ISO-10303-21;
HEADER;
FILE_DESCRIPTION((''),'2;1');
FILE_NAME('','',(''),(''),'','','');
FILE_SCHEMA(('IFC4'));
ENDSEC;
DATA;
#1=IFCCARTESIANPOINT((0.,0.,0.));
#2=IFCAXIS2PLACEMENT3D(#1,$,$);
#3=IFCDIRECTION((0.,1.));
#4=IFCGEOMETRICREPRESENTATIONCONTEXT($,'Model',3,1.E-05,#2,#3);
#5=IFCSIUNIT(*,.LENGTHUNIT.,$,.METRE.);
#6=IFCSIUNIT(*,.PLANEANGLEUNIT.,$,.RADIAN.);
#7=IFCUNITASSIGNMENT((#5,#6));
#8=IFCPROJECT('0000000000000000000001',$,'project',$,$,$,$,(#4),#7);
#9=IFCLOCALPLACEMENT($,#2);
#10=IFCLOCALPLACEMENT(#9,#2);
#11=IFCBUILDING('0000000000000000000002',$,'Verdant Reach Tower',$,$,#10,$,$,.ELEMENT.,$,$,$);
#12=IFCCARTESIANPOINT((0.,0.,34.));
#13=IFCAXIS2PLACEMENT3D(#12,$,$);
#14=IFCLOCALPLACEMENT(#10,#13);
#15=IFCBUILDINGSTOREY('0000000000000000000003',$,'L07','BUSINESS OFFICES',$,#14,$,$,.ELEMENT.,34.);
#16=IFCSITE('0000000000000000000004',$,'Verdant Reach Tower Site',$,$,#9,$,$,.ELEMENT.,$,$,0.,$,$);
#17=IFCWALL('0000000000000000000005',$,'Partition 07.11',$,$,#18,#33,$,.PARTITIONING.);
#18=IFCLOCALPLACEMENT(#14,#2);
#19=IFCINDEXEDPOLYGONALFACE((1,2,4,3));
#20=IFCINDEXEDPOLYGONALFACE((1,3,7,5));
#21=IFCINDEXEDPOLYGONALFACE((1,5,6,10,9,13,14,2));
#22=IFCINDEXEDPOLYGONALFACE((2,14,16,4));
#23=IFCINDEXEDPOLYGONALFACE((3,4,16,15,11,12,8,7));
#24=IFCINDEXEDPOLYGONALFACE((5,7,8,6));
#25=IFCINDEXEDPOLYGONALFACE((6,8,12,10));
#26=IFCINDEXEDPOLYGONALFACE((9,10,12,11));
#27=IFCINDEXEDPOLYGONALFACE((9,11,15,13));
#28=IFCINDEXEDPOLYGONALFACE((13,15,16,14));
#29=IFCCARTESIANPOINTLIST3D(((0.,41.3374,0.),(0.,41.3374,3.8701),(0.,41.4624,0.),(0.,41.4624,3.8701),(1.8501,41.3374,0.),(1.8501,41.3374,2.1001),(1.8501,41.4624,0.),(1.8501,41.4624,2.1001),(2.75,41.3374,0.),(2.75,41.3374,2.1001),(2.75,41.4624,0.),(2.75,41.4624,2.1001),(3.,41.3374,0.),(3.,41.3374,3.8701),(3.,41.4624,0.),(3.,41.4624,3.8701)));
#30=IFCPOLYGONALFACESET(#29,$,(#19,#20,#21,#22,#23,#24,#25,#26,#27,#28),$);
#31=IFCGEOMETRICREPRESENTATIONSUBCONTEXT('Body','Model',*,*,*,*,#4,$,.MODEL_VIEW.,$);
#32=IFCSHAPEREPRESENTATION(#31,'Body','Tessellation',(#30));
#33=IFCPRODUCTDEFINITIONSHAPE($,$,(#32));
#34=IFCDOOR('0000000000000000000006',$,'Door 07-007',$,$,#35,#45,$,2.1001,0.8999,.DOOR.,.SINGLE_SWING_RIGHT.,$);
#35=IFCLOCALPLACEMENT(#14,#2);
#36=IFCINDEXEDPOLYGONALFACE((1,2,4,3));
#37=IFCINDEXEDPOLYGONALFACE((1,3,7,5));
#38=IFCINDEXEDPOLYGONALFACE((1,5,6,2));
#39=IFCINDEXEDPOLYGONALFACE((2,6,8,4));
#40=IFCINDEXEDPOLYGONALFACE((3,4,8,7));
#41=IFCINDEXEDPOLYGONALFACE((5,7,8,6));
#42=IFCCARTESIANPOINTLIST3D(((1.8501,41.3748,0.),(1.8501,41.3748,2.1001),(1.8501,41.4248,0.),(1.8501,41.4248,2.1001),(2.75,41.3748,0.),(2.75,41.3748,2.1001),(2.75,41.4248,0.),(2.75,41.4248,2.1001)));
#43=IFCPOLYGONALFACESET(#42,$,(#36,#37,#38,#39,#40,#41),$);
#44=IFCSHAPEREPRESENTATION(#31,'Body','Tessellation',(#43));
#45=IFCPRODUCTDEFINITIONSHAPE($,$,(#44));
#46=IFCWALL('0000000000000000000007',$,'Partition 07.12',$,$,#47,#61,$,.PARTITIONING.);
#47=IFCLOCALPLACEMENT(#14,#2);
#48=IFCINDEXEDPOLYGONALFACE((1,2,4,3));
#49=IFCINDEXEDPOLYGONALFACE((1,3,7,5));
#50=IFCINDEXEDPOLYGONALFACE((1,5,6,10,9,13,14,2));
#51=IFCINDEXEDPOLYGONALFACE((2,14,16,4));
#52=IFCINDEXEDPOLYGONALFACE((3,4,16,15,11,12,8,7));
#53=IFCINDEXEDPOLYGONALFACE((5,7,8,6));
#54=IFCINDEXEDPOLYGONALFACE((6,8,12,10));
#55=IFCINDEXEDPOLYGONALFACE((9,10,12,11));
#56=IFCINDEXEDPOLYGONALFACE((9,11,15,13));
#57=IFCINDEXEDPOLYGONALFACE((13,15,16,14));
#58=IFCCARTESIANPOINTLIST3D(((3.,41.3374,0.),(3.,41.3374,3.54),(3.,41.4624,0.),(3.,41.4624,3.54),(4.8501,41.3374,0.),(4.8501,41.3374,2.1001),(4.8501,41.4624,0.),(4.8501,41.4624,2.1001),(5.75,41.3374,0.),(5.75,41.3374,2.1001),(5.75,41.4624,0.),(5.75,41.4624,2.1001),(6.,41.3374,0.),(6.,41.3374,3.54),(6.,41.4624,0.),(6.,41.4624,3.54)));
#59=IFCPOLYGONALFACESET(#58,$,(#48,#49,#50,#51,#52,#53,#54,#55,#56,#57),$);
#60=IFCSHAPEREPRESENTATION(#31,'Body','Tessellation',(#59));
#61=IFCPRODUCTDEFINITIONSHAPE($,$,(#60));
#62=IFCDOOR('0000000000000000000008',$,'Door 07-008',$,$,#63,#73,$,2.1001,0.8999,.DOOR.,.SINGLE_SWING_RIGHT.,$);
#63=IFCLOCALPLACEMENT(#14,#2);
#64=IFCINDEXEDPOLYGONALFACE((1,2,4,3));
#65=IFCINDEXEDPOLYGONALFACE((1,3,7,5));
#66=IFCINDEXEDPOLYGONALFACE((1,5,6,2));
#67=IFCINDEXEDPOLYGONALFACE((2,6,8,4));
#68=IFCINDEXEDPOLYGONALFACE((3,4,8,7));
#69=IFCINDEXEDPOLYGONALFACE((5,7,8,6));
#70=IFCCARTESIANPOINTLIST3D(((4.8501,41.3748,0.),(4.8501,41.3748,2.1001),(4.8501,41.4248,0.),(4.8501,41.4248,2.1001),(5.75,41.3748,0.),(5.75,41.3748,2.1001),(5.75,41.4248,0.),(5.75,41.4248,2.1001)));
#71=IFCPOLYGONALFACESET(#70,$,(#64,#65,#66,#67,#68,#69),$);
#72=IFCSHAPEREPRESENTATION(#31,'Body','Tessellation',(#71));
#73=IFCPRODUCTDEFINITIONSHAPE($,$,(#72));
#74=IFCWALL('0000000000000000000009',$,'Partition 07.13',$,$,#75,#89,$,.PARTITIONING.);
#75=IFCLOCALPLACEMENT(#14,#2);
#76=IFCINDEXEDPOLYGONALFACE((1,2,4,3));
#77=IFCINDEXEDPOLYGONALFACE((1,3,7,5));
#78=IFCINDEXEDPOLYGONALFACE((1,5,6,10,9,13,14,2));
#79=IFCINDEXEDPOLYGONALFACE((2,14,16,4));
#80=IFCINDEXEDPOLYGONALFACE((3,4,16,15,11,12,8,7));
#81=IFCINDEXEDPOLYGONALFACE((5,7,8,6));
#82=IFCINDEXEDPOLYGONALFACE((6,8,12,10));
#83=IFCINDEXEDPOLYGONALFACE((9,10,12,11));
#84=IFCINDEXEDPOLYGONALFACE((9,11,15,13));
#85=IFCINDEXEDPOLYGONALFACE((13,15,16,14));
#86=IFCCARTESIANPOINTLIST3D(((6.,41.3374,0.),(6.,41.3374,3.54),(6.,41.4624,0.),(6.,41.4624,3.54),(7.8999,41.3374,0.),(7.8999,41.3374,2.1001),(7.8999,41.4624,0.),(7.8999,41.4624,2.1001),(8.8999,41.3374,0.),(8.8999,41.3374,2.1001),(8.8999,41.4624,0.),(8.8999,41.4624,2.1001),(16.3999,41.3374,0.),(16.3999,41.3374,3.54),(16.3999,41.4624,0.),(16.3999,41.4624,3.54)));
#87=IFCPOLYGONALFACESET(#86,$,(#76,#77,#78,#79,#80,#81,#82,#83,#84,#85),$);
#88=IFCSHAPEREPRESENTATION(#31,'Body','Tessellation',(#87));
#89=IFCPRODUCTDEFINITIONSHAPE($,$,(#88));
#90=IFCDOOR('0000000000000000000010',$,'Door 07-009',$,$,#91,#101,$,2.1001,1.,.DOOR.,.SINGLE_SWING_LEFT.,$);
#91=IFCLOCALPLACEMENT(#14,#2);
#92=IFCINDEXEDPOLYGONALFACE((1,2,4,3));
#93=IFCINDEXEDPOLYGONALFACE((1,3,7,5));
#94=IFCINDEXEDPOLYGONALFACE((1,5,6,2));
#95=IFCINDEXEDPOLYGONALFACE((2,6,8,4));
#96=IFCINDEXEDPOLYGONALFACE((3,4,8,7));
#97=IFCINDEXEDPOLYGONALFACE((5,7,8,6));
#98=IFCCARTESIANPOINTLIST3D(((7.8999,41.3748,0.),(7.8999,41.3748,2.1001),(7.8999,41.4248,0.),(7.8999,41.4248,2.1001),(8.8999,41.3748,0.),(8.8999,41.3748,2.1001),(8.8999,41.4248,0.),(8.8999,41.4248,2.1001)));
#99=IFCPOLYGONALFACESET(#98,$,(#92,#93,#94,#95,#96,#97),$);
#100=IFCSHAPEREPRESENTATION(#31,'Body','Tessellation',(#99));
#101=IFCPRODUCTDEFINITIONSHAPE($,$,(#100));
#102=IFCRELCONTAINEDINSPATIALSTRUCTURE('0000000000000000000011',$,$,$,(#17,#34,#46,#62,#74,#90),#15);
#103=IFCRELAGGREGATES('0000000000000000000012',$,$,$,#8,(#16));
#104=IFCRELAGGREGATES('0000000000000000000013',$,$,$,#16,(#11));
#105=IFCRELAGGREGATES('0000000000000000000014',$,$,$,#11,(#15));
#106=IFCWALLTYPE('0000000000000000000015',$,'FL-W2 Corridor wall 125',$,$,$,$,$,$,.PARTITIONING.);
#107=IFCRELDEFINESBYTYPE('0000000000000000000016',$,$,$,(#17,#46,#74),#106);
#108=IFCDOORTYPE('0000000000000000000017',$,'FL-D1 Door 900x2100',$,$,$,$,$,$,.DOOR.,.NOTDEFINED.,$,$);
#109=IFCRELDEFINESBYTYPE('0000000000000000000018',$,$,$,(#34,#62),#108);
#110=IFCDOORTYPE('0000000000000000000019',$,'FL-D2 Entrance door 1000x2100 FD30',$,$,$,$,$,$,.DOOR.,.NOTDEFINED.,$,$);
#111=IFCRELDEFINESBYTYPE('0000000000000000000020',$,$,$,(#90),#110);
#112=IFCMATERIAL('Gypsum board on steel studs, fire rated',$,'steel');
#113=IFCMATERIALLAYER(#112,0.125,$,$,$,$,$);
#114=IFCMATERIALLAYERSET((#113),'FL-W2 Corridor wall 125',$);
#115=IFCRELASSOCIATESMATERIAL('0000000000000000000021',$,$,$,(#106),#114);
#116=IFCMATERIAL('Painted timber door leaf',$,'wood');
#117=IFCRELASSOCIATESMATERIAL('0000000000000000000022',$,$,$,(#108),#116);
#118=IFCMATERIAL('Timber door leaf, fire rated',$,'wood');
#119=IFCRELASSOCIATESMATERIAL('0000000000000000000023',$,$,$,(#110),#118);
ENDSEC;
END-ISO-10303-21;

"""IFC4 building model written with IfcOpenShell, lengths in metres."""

from ifc_helpers import new_model, si_unit, direction, frame, frame_2d, origin, place, context, subcontext, project, spatial, rectangle, extrude, material, layer, layer_set, type_object, element, fill, save


model = new_model("IFC4")

# Units and contexts
model_context = context("Model", 3, precision=1e-05, world=origin(), true_north=direction((0.0, 1.0)))
body_context = subcontext(model_context, "Body", "Model", "MODEL_VIEW")
ifc_project = project(units=[si_unit("LENGTHUNIT", "METRE"), si_unit("PLANEANGLEUNIT", "RADIAN")], contexts=[model_context])

# Site, building, storey
site_placement = place(None, origin())
site = spatial("IfcSite", under=ifc_project, at=site_placement, Name="Verdant Reach Tower Site", CompositionType="ELEMENT", RefElevation=0.0)
building_placement = place(site_placement, origin())
building = spatial("IfcBuilding", under=site, at=building_placement, Name="Verdant Reach Tower", CompositionType="ELEMENT")
storey_placement = place(building_placement, frame((0.0, 0.0, 34.0)))
storey = spatial("IfcBuildingStorey", under=building, at=storey_placement, Name="L07", Description="BUSINESS OFFICES", CompositionType="ELEMENT", Elevation=34.0)

# Walls, openings, doors
ifc_material_1 = material(Name="Gypsum board on steel studs, fire rated", Category="steel")
ifc_layer_1 = layer(ifc_material_1, 0.125)
ifc_layer_set_1 = layer_set([ifc_layer_1], Name="FL-W2 Corridor wall 125")
wall_type_1 = type_object("IfcWallType", Name="FL-W2 Corridor wall 125", PredefinedType="PARTITIONING", material=ifc_layer_set_1)
wall_1_placement = place(storey_placement, frame((0.0, 41.3999, 0.0), z_axis=(0.0, 0.0, 1.0), x_axis=(1.0, 0.0, 0.0)))
wall_1 = element("IfcWall", 1, at=wall_1_placement, inside=storey, type_object=wall_type_1, Name="Partition 07.11", PredefinedType="PARTITIONING", context=body_context, shape_type="SweptSolid", body=[
    extrude(rectangle(XDim=3.0, YDim=0.125, at=frame_2d((1.5, 0.0))), origin(), (0.0, 0.0, 1.0), 3.8701),
])
opening_1_placement = place(wall_1_placement, frame((1.8501, 0.0, 0.0)))
opening_1 = element("IfcOpeningElement", 2, at=opening_1_placement, cuts=wall_1, PredefinedType="OPENING", context=body_context, shape_type="SweptSolid", body=[
    extrude(rectangle(XDim=0.8999, YDim=2.1001, at=frame_2d((0.45, 1.05))), frame((0.0, 0.0725, 0.0), z_axis=(0.0, -1.0, 0.0), x_axis=(1.0, 0.0, 0.0)), (0.0, 0.0, 1.0), 0.145),
])
ifc_material_2 = material(Name="Painted timber door leaf", Category="wood")
door_type_1 = type_object("IfcDoorType", Name="FL-D1 Door 900x2100", OperationType="NOTDEFINED", PredefinedType="DOOR", material=ifc_material_2)
door_1_placement = place(opening_1_placement, origin())
door_1 = element("IfcDoor", 3, at=door_1_placement, inside=storey, type_object=door_type_1, Name="Door 07-007", OperationType="SINGLE_SWING_RIGHT", OverallHeight=2.1001, OverallWidth=0.8999, PredefinedType="DOOR", context=body_context, shape_type="SweptSolid", body=[
    extrude(rectangle(XDim=0.8999, YDim=2.1001, at=frame_2d((0.45, 1.05))), frame((0.0, 0.0249, 0.0), z_axis=(0.0, -1.0, 0.0), x_axis=(1.0, 0.0, 0.0)), (0.0, 0.0, 1.0), 0.05),
])
fill(opening_1, door_1)
wall_2_placement = place(storey_placement, frame((3.0, 41.3999, 0.0), z_axis=(0.0, 0.0, 1.0), x_axis=(1.0, 0.0, 0.0)))
wall_2 = element("IfcWall", 4, at=wall_2_placement, inside=storey, type_object=wall_type_1, Name="Partition 07.12", PredefinedType="PARTITIONING", context=body_context, shape_type="SweptSolid", body=[
    extrude(rectangle(XDim=3.0, YDim=0.125, at=frame_2d((1.5, 0.0))), origin(), (0.0, 0.0, 1.0), 3.54),
])
opening_2_placement = place(wall_2_placement, frame((1.8501, 0.0, 0.0)))
opening_2 = element("IfcOpeningElement", 5, at=opening_2_placement, cuts=wall_2, PredefinedType="OPENING", context=body_context, shape_type="SweptSolid", body=[
    extrude(rectangle(XDim=0.8999, YDim=2.1001, at=frame_2d((0.45, 1.05))), frame((0.0, 0.0725, 0.0), z_axis=(0.0, -1.0, 0.0), x_axis=(1.0, 0.0, 0.0)), (0.0, 0.0, 1.0), 0.145),
])
door_2_placement = place(opening_2_placement, origin())
door_2 = element("IfcDoor", 6, at=door_2_placement, inside=storey, type_object=door_type_1, Name="Door 07-008", OperationType="SINGLE_SWING_RIGHT", OverallHeight=2.1001, OverallWidth=0.8999, PredefinedType="DOOR", context=body_context, shape_type="SweptSolid", body=[
    extrude(rectangle(XDim=0.8999, YDim=2.1001, at=frame_2d((0.45, 1.05))), frame((0.0, 0.0249, 0.0), z_axis=(0.0, -1.0, 0.0), x_axis=(1.0, 0.0, 0.0)), (0.0, 0.0, 1.0), 0.05),
])
fill(opening_2, door_2)
wall_3_placement = place(storey_placement, frame((6.0, 41.3999, 0.0), z_axis=(0.0, 0.0, 1.0), x_axis=(1.0, 0.0, 0.0)))
wall_3 = element("IfcWall", 7, at=wall_3_placement, inside=storey, type_object=wall_type_1, Name="Partition 07.13", PredefinedType="PARTITIONING", context=body_context, shape_type="SweptSolid", body=[
    extrude(rectangle(XDim=10.3999, YDim=0.125, at=frame_2d((5.2, 0.0))), origin(), (0.0, 0.0, 1.0), 3.54),
])
opening_3_placement = place(wall_3_placement, frame((1.8999, 0.0, 0.0)))
opening_3 = element("IfcOpeningElement", 8, at=opening_3_placement, cuts=wall_3, PredefinedType="OPENING", context=body_context, shape_type="SweptSolid", body=[
    extrude(rectangle(XDim=1.0, YDim=2.1001, at=frame_2d((0.5, 1.05))), frame((0.0, 0.0725, 0.0), z_axis=(0.0, -1.0, 0.0), x_axis=(1.0, 0.0, 0.0)), (0.0, 0.0, 1.0), 0.145),
])
ifc_material_3 = material(Name="Timber door leaf, fire rated", Category="wood")
door_type_2 = type_object("IfcDoorType", Name="FL-D2 Entrance door 1000x2100 FD30", OperationType="NOTDEFINED", PredefinedType="DOOR", material=ifc_material_3)
door_3_placement = place(opening_3_placement, origin())
door_3 = element("IfcDoor", 9, at=door_3_placement, inside=storey, type_object=door_type_2, Name="Door 07-009", OperationType="SINGLE_SWING_LEFT", OverallHeight=2.1001, OverallWidth=1.0, PredefinedType="DOOR", context=body_context, shape_type="SweptSolid", body=[
    extrude(rectangle(XDim=1.0, YDim=2.1001, at=frame_2d((0.5, 1.05))), frame((0.0, 0.0249, 0.0), z_axis=(0.0, -1.0, 0.0), x_axis=(1.0, 0.0, 0.0)), (0.0, 0.0, 1.0), 0.05),
])
fill(opening_3, door_3)

save(model, "model.ifc")
